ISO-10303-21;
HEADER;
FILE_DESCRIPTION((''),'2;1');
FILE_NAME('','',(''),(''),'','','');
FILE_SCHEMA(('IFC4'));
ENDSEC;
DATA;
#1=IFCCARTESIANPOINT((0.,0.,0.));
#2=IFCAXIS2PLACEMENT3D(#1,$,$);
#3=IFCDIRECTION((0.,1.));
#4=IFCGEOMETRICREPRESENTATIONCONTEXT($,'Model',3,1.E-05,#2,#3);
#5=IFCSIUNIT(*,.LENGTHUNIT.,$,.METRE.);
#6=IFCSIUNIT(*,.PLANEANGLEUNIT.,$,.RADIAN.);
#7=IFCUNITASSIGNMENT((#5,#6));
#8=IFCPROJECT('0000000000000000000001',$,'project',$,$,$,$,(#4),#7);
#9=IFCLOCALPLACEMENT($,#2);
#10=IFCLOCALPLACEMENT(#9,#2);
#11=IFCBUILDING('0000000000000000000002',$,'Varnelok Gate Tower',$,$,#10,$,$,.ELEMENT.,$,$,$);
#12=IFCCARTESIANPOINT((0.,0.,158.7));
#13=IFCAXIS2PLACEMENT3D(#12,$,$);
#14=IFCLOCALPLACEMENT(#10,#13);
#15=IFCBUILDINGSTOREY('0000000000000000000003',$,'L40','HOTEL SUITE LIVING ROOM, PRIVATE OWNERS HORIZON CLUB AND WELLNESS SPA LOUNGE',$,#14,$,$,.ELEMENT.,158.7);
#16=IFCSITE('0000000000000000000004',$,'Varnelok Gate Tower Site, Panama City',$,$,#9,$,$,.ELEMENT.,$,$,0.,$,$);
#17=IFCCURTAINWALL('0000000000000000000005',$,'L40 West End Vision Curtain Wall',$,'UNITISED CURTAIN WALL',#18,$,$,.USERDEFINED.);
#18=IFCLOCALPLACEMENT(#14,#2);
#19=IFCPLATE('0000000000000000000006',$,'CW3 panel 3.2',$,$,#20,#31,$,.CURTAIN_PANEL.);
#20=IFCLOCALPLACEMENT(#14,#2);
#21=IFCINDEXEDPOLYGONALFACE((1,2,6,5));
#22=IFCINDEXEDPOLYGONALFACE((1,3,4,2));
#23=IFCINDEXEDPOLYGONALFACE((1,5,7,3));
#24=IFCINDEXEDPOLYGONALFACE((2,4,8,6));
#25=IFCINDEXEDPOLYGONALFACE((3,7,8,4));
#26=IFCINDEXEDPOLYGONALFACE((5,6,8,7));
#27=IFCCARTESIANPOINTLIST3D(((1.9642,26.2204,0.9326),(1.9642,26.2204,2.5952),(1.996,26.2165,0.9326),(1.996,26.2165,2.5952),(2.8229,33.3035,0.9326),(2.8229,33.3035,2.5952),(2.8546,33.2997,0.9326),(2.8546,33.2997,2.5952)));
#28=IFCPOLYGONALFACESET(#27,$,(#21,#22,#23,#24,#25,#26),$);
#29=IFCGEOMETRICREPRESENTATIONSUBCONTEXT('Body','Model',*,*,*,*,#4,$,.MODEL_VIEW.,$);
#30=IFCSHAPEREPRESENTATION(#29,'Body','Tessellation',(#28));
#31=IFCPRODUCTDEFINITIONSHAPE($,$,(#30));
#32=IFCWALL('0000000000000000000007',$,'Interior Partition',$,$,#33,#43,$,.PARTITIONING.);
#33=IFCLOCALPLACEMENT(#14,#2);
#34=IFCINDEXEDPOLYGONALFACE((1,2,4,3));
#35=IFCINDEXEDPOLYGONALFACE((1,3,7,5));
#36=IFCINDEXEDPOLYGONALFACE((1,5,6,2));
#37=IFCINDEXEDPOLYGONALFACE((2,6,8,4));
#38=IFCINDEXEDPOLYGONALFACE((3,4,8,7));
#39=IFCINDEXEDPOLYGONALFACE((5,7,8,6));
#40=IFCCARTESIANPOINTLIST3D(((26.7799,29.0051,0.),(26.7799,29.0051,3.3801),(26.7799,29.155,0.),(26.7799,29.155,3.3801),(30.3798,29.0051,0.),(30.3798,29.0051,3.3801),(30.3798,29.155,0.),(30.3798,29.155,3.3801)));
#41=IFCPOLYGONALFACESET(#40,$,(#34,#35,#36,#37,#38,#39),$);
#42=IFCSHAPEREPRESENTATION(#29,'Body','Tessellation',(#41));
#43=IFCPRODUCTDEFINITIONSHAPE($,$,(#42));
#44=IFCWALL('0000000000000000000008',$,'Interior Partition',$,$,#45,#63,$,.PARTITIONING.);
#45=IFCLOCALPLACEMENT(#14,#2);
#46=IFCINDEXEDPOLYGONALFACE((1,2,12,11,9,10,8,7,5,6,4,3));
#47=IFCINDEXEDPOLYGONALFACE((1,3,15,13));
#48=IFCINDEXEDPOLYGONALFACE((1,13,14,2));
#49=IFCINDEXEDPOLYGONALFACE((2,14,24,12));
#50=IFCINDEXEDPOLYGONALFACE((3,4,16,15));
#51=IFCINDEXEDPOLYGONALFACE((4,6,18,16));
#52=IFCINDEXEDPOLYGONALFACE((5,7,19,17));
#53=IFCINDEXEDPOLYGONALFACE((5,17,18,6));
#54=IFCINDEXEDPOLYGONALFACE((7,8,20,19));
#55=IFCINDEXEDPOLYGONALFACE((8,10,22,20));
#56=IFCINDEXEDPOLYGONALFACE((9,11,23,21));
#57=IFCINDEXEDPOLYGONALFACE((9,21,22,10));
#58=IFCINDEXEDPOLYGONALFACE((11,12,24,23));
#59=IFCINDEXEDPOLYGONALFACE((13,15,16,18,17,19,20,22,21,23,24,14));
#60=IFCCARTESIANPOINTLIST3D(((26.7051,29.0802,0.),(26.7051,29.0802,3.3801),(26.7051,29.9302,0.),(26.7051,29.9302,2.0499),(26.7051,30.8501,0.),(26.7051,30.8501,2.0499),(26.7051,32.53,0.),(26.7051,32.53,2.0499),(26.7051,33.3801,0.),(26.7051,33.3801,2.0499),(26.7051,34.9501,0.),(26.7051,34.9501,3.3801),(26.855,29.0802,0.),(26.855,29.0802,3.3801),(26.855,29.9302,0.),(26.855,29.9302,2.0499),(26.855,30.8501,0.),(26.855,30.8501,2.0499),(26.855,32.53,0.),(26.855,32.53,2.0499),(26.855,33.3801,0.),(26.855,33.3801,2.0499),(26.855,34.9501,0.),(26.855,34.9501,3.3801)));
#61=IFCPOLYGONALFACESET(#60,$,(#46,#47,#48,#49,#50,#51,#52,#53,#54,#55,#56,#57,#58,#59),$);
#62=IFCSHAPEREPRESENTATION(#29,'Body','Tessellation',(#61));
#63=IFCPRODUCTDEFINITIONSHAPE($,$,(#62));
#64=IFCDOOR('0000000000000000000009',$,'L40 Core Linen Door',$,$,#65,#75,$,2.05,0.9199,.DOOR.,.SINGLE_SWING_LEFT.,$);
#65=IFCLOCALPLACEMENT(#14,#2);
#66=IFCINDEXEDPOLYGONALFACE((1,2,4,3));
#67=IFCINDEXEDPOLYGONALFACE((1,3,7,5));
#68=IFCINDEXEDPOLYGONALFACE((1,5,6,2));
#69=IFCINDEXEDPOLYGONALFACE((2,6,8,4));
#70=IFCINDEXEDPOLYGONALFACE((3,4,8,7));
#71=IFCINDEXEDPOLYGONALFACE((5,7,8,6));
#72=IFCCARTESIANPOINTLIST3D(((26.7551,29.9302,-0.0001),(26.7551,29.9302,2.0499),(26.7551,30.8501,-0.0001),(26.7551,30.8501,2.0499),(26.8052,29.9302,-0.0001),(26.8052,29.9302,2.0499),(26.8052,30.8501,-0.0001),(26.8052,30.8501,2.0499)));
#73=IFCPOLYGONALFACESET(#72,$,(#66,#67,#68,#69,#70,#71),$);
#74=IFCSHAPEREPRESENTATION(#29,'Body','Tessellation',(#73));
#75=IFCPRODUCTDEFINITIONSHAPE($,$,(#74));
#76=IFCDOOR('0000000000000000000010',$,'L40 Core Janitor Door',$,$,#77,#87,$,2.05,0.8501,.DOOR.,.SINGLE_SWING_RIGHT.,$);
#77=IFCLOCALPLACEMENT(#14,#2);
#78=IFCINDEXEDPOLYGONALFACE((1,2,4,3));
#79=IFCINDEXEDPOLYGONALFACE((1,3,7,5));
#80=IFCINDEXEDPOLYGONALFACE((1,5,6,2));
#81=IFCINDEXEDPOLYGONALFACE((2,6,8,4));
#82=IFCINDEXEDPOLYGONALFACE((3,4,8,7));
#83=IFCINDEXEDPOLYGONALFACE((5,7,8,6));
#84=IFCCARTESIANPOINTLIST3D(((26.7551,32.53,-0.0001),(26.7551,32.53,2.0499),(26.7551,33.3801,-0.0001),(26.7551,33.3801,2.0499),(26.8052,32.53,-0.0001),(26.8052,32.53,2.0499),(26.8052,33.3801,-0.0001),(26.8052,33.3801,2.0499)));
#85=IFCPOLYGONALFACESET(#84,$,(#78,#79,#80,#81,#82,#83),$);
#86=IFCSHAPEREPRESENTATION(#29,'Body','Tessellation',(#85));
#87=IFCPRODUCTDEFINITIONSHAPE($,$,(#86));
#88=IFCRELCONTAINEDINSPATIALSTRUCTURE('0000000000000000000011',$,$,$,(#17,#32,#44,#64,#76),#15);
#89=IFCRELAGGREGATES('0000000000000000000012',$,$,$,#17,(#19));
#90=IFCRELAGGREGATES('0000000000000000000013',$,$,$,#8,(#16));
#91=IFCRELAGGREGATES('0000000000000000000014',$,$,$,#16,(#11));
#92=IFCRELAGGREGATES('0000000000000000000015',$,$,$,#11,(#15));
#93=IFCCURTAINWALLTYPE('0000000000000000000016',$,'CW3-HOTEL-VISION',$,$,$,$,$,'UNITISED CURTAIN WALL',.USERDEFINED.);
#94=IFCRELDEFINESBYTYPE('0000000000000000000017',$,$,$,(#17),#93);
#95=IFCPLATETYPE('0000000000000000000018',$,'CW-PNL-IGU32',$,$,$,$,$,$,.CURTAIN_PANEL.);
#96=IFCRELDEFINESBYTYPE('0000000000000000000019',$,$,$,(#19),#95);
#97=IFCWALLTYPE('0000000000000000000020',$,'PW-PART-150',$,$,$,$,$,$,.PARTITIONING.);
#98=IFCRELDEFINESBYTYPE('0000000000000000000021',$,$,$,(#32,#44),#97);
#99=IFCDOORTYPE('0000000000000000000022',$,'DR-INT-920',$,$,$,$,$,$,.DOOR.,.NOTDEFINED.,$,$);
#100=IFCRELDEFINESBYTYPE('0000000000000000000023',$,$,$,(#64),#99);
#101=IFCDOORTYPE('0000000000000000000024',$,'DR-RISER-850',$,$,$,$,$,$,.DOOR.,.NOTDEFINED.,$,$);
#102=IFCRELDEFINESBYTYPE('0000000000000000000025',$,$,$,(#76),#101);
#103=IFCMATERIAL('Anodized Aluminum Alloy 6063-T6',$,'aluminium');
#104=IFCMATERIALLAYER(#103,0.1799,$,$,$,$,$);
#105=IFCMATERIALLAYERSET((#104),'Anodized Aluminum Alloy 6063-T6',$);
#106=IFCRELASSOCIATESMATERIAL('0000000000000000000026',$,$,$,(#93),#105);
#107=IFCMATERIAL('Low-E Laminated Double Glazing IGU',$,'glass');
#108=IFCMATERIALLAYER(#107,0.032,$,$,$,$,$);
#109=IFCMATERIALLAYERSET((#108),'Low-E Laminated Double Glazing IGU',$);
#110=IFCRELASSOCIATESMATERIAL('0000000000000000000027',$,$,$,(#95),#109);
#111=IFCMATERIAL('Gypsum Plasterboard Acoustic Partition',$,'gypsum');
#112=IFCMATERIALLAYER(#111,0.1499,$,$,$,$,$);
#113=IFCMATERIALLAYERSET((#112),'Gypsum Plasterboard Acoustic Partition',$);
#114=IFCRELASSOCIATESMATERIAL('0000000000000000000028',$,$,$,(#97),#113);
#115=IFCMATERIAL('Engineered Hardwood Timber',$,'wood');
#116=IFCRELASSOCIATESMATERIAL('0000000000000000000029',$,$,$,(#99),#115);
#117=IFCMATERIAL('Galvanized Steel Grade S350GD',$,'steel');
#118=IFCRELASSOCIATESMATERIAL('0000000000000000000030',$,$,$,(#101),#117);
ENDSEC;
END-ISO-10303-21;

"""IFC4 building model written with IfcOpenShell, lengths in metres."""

from ifc_helpers import new_model, si_unit, direction, frame, frame_2d, origin, origin_2d, place, context, subcontext, project, spatial, rectangle, extrude, source, transform, mapped, material, layer, layer_set, type_object, element, fill, aggregate, save


model = new_model("IFC4")

# Units and contexts
model_context = context("Model", 3, precision=1e-05, world=origin(), true_north=direction((0.0, 1.0)))
body_context = subcontext(model_context, "Body", "Model", "MODEL_VIEW")
ifc_project = project(units=[si_unit("LENGTHUNIT", "METRE"), si_unit("PLANEANGLEUNIT", "RADIAN")], contexts=[model_context])

# Site, building, storey
site_placement = place(None, origin())
site = spatial("IfcSite", under=ifc_project, at=site_placement, Name="Varnelok Gate Tower Site, Panama City", CompositionType="ELEMENT", RefElevation=0.0)
building_placement = place(site_placement, origin())
building = spatial("IfcBuilding", under=site, at=building_placement, Name="Varnelok Gate Tower", CompositionType="ELEMENT")
storey_placement = place(building_placement, frame((0.0, 0.0, 158.7)))
storey = spatial("IfcBuildingStorey", under=building, at=storey_placement, Name="L40", Description="HOTEL SUITE LIVING ROOM, PRIVATE OWNERS HORIZON CLUB AND WELLNESS SPA LOUNGE", CompositionType="ELEMENT", Elevation=158.7)

# Curtain wall, plate
ifc_material_1 = material(Name="Anodized Aluminum Alloy 6063-T6", Category="aluminium")
ifc_layer_1 = layer(ifc_material_1, 0.1799)
ifc_layer_set_1 = layer_set([ifc_layer_1], Name="Anodized Aluminum Alloy 6063-T6")
curtain_wall_type = type_object("IfcCurtainWallType", Name="CW3-HOTEL-VISION", ElementType="UNITISED CURTAIN WALL", PredefinedType="USERDEFINED", material=ifc_layer_set_1)
curtain_wall_placement = place(storey_placement, origin())
curtain_wall = element("IfcCurtainWall", 1, at=curtain_wall_placement, inside=storey, type_object=curtain_wall_type, Name="L40 West End Vision Curtain Wall", ObjectType="UNITISED CURTAIN WALL", PredefinedType="USERDEFINED")
ifc_material_2 = material(Name="Low-E Laminated Double Glazing IGU", Category="glass")
ifc_layer_2 = layer(ifc_material_2, 0.032)
ifc_layer_set_2 = layer_set([ifc_layer_2], Name="Low-E Laminated Double Glazing IGU")
plate_type = type_object("IfcPlateType", Name="CW-PNL-IGU32", PredefinedType="CURTAIN_PANEL", material=ifc_layer_set_2)
shared_shape_1 = source(origin(), body_context, "Body", "SweptSolid", [
    extrude(rectangle(XDim=7.135, YDim=0.032, at=origin_2d()), origin(), (0.0, 0.0, 1.0), 1.6626),
])
plate_1_placement = place(storey_placement, frame((2.4094, 29.76, 0.9326), z_axis=(0.0, 0.0, 1.0), x_axis=(0.120347, 0.992732, 0.0)))
plate_1 = element("IfcPlate", 2, at=plate_1_placement, type_object=plate_type, Name="CW3 panel 3.2", PredefinedType="CURTAIN_PANEL", context=body_context, shape_type="MappedRepresentation", body=[
    mapped(shared_shape_1, transform((0.0, 0.0, 0.0), scale=1.0)),
])
aggregate(curtain_wall, [plate_1])

# Wall
ifc_material_3 = material(Name="Gypsum Plasterboard Acoustic Partition", Category="gypsum")
ifc_layer_3 = layer(ifc_material_3, 0.1499)
ifc_layer_set_3 = layer_set([ifc_layer_3], Name="Gypsum Plasterboard Acoustic Partition")
wall_type = type_object("IfcWallType", Name="PW-PART-150", PredefinedType="PARTITIONING", material=ifc_layer_set_3)
wall_1_placement = place(storey_placement, frame((26.78, 29.0801, 0.0), z_axis=(0.0, 0.0, 1.0), x_axis=(1.0, 0.0, 0.0)))
element("IfcWall", 3, at=wall_1_placement, inside=storey, type_object=wall_type, Name="Interior Partition", PredefinedType="PARTITIONING", context=body_context, shape_type="SweptSolid", body=[
    extrude(rectangle(XDim=3.5999, YDim=0.1499, at=frame_2d((1.7998, 0.0))), origin(), (0.0, 0.0, 1.0), 3.3801),
])

# Wall, openings, doors
wall_2_placement = place(storey_placement, frame((26.78, 29.0801, 0.0), z_axis=(0.0, 0.0, 1.0), x_axis=(0.0, 1.0, 0.0)))
wall_2 = element("IfcWall", 4, at=wall_2_placement, inside=storey, type_object=wall_type, Name="Interior Partition", PredefinedType="PARTITIONING", context=body_context, shape_type="SweptSolid", body=[
    extrude(rectangle(XDim=5.8699, YDim=0.1499, at=frame_2d((2.9351, 0.0))), origin(), (0.0, 0.0, 1.0), 3.3801),
])
opening_1_placement = place(wall_2_placement, frame((0.8501, 0.0, 0.0)))
opening_1 = element("IfcOpeningElement", 5, at=opening_1_placement, cuts=wall_2, PredefinedType="OPENING", context=body_context, shape_type="SweptSolid", body=[
    extrude(rectangle(XDim=0.9199, YDim=2.05, at=frame_2d((0.46, 1.0249))), frame((0.0, 0.085, 0.0), z_axis=(0.0, -1.0, 0.0), x_axis=(1.0, 0.0, 0.0)), (0.0, 0.0, 1.0), 0.1699),
])
opening_2_placement = place(wall_2_placement, frame((3.45, 0.0, 0.0)))
opening_2 = element("IfcOpeningElement", 6, at=opening_2_placement, cuts=wall_2, PredefinedType="OPENING", context=body_context, shape_type="SweptSolid", body=[
    extrude(rectangle(XDim=0.8501, YDim=2.05, at=frame_2d((0.425, 1.0249))), frame((0.0, 0.085, 0.0), z_axis=(0.0, -1.0, 0.0), x_axis=(1.0, 0.0, 0.0)), (0.0, 0.0, 1.0), 0.1699),
])
ifc_material_4 = material(Name="Engineered Hardwood Timber", Category="wood")
door_type_1 = type_object("IfcDoorType", Name="DR-INT-920", OperationType="NOTDEFINED", PredefinedType="DOOR", material=ifc_material_4)
door_1_placement = place(opening_1_placement, origin())
door_1 = element("IfcDoor", 7, at=door_1_placement, inside=storey, type_object=door_type_1, Name="L40 Core Linen Door", OperationType="SINGLE_SWING_LEFT", OverallHeight=2.05, OverallWidth=0.9199, PredefinedType="DOOR", context=body_context, shape_type="SweptSolid", body=[
    extrude(rectangle(XDim=0.9199, YDim=2.05, at=frame_2d((0.46, 1.0249))), frame((0.0, 0.0249, 0.0), z_axis=(0.0, -1.0, 0.0), x_axis=(1.0, 0.0, 0.0)), (0.0, 0.0, 1.0), 0.05),
])
fill(opening_1, door_1)
ifc_material_5 = material(Name="Galvanized Steel Grade S350GD", Category="steel")
door_type_2 = type_object("IfcDoorType", Name="DR-RISER-850", OperationType="NOTDEFINED", PredefinedType="DOOR", material=ifc_material_5)
door_2_placement = place(opening_2_placement, origin())
door_2 = element("IfcDoor", 8, at=door_2_placement, inside=storey, type_object=door_type_2, Name="L40 Core Janitor Door", OperationType="SINGLE_SWING_RIGHT", OverallHeight=2.05, OverallWidth=0.8501, PredefinedType="DOOR", context=body_context, shape_type="SweptSolid", body=[
    extrude(rectangle(XDim=0.8501, YDim=2.05, at=frame_2d((0.425, 1.0249))), frame((0.0, 0.0249, 0.0), z_axis=(0.0, -1.0, 0.0), x_axis=(1.0, 0.0, 0.0)), (0.0, 0.0, 1.0), 0.05),
])
fill(opening_2, door_2)

save(model, "model.ifc")
